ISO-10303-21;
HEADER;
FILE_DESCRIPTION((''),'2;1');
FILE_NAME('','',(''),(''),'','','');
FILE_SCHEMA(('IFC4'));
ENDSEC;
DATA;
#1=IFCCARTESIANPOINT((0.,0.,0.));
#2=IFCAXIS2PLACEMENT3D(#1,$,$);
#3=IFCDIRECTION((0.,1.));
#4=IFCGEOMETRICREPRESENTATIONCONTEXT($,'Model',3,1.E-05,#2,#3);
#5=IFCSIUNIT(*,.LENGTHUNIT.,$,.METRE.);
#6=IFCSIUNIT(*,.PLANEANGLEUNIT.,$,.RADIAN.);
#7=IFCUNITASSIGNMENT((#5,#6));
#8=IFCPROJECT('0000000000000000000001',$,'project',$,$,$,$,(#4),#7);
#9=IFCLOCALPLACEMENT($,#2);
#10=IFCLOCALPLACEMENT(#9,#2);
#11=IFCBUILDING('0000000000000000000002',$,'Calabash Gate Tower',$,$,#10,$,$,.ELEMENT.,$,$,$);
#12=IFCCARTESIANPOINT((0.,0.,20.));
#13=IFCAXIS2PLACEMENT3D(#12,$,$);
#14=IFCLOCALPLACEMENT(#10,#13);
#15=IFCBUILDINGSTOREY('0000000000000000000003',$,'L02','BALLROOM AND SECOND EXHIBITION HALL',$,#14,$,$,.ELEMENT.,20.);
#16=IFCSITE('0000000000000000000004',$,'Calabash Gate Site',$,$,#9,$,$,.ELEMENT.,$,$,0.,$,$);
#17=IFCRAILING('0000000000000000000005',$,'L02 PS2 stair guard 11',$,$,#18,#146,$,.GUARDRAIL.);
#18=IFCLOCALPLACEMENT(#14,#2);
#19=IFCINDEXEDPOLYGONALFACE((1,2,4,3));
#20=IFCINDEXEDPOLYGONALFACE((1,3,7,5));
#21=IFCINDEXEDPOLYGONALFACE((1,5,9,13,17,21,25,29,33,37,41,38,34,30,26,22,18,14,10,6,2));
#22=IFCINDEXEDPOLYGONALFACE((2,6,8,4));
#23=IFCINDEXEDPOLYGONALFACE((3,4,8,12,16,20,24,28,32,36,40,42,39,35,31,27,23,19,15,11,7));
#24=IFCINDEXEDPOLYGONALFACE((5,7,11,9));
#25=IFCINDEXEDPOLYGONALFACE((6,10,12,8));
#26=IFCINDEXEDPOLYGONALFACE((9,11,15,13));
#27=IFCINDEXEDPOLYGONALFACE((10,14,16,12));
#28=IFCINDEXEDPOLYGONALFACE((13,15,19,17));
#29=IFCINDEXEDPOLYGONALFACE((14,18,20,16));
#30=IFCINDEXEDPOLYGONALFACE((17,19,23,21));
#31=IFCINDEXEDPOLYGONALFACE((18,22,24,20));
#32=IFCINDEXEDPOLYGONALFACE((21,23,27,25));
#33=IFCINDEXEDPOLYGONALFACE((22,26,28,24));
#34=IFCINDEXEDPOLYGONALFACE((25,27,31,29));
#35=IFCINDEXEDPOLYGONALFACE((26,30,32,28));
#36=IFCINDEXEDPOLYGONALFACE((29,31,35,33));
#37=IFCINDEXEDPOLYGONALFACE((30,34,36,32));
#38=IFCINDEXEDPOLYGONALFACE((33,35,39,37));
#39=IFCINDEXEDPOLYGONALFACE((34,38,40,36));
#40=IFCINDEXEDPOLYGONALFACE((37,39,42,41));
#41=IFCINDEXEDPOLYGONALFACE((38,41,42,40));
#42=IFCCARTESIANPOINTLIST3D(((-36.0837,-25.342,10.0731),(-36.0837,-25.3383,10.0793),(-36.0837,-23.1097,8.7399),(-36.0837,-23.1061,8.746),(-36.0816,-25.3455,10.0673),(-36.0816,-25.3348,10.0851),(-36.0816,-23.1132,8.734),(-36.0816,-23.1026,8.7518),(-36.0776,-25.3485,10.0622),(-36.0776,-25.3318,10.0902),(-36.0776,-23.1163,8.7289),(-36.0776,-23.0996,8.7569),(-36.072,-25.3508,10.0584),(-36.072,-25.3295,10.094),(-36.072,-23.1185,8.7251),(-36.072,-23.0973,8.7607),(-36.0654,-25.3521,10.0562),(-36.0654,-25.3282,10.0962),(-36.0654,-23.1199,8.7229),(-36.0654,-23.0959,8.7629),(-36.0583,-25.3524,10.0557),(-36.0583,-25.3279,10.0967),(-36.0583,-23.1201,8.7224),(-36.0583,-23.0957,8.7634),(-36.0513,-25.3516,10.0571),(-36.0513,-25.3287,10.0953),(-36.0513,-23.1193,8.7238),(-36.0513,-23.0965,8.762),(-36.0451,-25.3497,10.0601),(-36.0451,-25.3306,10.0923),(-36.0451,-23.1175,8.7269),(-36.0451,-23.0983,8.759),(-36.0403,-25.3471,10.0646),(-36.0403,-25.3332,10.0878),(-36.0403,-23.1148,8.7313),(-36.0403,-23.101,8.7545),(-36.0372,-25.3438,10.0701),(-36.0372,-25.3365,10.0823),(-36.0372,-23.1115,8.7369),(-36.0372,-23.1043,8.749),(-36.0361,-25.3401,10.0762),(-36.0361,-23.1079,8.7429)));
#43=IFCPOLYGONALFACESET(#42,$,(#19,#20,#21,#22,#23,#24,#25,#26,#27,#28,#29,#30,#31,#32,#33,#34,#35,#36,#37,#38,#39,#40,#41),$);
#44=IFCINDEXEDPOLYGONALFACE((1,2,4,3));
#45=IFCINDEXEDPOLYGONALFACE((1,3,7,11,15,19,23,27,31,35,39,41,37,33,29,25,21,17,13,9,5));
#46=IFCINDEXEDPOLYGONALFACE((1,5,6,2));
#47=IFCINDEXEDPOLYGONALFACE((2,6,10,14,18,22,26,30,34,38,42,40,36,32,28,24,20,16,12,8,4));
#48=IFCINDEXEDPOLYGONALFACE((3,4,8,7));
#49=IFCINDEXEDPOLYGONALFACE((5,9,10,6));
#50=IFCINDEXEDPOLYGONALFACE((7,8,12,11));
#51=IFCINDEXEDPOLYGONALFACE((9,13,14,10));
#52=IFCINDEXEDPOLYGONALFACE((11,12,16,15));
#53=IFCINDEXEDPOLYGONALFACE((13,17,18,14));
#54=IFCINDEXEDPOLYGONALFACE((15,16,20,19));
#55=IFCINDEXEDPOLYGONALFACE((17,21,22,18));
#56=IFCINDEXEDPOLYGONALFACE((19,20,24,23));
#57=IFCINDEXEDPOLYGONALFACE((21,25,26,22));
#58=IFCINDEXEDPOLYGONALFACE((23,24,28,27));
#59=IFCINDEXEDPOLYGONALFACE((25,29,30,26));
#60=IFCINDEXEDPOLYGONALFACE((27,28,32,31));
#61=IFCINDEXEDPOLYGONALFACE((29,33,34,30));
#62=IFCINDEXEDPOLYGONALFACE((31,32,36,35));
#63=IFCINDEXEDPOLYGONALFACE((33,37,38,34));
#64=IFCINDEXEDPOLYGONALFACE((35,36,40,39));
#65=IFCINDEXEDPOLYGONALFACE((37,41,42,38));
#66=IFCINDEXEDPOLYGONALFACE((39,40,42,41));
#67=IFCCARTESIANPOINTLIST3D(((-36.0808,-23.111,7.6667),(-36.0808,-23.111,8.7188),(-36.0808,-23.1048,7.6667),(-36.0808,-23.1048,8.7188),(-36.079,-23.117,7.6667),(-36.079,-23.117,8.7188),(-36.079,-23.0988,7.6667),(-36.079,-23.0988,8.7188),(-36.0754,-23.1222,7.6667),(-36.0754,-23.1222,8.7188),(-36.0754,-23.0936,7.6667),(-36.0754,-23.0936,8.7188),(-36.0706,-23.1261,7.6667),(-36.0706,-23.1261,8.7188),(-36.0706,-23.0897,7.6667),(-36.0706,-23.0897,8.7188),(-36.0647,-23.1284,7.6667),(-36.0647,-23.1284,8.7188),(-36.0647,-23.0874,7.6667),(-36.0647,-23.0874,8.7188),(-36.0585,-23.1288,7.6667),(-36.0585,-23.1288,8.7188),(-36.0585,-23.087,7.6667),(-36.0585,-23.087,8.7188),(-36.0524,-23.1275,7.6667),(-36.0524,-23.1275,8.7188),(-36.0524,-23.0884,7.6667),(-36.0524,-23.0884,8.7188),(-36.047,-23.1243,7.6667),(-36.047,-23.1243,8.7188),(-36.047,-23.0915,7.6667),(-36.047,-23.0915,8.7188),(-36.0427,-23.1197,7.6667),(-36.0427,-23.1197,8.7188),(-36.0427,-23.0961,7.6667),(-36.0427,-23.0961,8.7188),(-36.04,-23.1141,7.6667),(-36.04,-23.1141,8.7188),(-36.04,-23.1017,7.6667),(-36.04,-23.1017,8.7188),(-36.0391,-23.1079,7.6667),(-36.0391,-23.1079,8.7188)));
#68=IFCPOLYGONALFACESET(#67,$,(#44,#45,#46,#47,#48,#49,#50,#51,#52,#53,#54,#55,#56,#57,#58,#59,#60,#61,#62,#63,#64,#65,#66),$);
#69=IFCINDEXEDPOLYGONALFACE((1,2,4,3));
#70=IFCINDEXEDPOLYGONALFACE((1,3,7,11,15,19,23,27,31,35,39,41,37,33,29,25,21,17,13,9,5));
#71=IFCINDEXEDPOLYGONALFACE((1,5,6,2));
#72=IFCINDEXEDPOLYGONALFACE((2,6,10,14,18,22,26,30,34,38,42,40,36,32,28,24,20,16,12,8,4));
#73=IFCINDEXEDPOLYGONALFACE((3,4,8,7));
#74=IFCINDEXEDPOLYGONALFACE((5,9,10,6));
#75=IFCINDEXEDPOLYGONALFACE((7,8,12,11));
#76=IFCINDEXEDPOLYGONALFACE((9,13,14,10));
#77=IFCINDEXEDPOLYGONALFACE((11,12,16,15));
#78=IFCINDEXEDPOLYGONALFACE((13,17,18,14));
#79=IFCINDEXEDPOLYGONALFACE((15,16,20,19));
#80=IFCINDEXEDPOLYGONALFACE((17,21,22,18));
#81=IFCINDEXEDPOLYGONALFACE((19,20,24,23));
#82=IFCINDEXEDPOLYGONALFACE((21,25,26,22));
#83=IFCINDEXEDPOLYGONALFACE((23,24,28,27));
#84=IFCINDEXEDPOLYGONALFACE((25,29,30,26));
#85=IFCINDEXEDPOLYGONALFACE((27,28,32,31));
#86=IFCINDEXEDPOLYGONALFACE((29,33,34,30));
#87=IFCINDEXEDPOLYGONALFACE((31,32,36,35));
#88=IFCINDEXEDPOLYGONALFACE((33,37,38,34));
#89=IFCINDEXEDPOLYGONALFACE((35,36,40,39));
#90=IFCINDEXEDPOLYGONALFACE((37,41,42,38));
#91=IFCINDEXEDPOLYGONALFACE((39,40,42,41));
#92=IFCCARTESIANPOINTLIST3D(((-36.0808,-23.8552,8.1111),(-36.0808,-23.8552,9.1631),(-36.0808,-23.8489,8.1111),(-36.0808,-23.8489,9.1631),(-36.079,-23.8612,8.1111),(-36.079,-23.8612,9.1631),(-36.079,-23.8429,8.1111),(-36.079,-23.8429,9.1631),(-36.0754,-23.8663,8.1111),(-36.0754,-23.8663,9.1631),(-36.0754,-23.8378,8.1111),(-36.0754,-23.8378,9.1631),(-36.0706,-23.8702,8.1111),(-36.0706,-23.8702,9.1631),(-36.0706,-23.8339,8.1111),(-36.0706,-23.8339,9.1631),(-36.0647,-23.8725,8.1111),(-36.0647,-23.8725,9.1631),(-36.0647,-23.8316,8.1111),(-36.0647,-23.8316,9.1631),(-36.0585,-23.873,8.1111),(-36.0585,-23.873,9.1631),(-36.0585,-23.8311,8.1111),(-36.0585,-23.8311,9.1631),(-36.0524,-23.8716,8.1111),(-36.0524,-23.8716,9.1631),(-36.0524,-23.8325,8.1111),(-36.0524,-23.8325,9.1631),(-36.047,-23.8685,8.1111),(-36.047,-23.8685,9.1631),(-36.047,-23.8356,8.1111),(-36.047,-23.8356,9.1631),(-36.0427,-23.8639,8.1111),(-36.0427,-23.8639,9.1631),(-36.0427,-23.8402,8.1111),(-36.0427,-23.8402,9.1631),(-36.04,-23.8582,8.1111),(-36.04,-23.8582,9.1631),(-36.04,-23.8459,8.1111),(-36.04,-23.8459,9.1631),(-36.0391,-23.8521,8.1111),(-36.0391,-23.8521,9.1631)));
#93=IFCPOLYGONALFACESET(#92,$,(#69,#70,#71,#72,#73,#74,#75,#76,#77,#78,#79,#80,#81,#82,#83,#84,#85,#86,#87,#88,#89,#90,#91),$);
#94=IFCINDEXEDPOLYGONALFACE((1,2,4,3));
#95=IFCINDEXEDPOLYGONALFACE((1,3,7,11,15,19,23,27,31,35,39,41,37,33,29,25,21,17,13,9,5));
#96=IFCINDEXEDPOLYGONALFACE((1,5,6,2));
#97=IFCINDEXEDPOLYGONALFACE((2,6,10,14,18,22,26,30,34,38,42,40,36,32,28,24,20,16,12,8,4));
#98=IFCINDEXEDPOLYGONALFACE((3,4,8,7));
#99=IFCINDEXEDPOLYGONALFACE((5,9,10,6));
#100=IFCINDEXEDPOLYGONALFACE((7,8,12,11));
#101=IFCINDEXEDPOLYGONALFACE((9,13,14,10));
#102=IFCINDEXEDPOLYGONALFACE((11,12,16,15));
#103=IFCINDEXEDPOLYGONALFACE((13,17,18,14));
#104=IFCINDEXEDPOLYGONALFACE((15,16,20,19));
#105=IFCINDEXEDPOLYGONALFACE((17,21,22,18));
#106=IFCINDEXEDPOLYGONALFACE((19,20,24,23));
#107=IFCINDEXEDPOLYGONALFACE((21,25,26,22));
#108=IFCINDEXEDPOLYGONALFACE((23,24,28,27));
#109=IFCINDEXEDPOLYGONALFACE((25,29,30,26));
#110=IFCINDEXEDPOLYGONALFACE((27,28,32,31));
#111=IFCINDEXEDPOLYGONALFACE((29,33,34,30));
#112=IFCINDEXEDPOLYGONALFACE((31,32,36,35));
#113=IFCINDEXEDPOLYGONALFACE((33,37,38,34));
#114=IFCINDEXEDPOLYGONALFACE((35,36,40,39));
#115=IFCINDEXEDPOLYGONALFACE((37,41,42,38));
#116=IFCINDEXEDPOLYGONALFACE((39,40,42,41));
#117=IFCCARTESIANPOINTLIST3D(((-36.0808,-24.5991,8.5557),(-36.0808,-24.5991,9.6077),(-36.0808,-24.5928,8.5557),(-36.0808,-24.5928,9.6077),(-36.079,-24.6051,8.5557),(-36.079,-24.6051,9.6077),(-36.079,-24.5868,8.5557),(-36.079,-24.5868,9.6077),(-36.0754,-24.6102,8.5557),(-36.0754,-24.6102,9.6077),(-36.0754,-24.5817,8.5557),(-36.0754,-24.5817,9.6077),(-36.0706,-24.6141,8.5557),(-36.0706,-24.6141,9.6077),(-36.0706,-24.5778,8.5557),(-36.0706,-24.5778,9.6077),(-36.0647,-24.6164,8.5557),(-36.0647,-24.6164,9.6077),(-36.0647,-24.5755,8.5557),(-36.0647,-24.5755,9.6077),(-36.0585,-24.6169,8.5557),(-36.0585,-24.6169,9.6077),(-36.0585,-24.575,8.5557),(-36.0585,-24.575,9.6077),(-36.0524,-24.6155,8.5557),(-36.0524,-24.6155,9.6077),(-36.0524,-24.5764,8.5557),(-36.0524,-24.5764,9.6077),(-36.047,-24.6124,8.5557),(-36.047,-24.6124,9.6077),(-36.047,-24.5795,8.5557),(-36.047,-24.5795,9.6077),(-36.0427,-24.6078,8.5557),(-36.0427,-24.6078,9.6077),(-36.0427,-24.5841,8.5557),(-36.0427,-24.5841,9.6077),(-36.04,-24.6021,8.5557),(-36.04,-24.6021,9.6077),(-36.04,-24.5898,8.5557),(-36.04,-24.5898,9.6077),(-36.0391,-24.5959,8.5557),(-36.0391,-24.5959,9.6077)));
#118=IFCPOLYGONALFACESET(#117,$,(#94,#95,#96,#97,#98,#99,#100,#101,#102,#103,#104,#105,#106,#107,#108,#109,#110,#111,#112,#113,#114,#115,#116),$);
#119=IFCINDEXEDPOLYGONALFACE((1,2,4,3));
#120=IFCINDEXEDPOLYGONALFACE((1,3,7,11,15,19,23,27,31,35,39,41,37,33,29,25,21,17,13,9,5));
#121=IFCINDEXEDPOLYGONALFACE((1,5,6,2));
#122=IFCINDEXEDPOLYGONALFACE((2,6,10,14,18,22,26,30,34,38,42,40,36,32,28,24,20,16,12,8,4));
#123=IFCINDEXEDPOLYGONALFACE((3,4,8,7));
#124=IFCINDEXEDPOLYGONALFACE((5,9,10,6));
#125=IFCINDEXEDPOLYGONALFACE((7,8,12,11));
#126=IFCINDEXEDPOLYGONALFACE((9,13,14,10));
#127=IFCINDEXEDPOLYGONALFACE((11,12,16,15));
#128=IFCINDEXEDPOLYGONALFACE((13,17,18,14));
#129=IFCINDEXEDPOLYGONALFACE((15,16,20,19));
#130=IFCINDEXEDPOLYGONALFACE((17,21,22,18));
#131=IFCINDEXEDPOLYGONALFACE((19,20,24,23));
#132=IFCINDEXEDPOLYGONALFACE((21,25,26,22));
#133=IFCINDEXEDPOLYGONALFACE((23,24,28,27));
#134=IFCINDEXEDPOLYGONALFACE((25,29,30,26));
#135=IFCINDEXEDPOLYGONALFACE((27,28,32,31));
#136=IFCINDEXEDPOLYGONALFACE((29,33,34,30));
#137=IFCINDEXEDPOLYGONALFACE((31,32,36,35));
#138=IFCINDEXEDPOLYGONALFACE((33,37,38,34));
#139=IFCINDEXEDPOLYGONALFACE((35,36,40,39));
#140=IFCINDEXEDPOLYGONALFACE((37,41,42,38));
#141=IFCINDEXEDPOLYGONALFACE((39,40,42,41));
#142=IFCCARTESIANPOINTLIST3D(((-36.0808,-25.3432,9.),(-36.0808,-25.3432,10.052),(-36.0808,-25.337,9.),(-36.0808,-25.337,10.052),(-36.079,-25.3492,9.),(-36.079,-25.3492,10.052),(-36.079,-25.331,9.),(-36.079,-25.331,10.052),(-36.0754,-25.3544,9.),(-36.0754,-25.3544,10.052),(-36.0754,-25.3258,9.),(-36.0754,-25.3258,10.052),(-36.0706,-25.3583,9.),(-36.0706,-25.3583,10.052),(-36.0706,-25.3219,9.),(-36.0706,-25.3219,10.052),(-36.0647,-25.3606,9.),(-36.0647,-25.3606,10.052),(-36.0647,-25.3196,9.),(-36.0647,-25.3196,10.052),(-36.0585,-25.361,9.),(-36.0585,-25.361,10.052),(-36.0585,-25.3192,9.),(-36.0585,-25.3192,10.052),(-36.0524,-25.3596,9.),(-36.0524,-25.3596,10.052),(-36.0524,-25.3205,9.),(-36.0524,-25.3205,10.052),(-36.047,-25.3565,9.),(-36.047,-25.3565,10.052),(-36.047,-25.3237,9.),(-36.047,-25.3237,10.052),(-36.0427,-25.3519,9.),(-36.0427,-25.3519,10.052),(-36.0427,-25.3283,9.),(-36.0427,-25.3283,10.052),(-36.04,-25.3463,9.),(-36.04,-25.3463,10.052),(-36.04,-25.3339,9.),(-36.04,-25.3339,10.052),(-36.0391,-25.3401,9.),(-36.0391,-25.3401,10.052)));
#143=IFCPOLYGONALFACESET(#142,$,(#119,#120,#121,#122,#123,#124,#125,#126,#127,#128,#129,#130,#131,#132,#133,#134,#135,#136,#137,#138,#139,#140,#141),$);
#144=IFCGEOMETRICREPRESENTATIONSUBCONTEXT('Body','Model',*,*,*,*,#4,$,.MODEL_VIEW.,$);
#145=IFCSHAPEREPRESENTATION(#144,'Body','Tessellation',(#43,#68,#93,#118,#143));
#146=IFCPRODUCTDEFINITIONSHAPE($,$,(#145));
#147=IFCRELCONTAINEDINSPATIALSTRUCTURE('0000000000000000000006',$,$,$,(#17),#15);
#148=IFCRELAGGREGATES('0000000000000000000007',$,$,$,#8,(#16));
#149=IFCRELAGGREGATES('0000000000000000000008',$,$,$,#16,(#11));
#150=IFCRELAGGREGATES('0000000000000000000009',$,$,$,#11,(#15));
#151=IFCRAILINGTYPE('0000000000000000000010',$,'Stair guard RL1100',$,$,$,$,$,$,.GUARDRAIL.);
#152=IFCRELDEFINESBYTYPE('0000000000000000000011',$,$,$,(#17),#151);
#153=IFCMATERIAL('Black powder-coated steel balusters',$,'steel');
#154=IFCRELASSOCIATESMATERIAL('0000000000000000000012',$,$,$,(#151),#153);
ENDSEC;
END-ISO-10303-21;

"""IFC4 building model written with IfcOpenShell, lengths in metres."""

from ifc_helpers import new_model, si_unit, direction, frame, origin, origin_2d, place, context, subcontext, project, spatial, circle, extrude, material, type_object, element, save


model = new_model("IFC4")

# Units and contexts
model_context = context("Model", 3, precision=1e-05, world=origin(), true_north=direction((0.0, 1.0)))
body_context = subcontext(model_context, "Body", "Model", "MODEL_VIEW")
ifc_project = project(units=[si_unit("LENGTHUNIT", "METRE"), si_unit("PLANEANGLEUNIT", "RADIAN")], contexts=[model_context])

# Site, building, storey
site_placement = place(None, origin())
site = spatial("IfcSite", under=ifc_project, at=site_placement, Name="Calabash Gate Site", CompositionType="ELEMENT", RefElevation=0.0)
building_placement = place(site_placement, origin())
building = spatial("IfcBuilding", under=site, at=building_placement, Name="Calabash Gate Tower", CompositionType="ELEMENT")
storey_placement = place(building_placement, frame((0.0, 0.0, 20.0)))
storey = spatial("IfcBuildingStorey", under=building, at=storey_placement, Name="L02", Description="BALLROOM AND SECOND EXHIBITION HALL", CompositionType="ELEMENT", Elevation=20.0)

# Railing
ifc_material_1 = material(Name="Black powder-coated steel balusters", Category="steel")
railing_type_1 = type_object("IfcRailingType", Name="Stair guard RL1100", PredefinedType="GUARDRAIL", material=ifc_material_1)
railing_1_placement = place(storey_placement, frame((-36.0601, -23.1079, 7.6667)))
element("IfcRailing", 1, at=railing_1_placement, inside=storey, type_object=railing_type_1, Name="L02 PS2 stair guard 11", PredefinedType="GUARDRAIL", context=body_context, shape_type="SweptSolid", body=[
    extrude(circle(Radius=0.0239, at=origin_2d()), frame((0.0, 0.0, 1.0762), z_axis=(0.0, -0.858519, 0.512782), x_axis=(1.0, 0.0, 0.0)), (0.0, 0.0, 1.0), 2.6001),
    extrude(circle(Radius=0.021, at=origin_2d()), origin(), (0.0, 0.0, 1.0), 1.052),
    extrude(circle(Radius=0.021, at=origin_2d()), frame((0.0, -0.7441, 0.4443)), (0.0, 0.0, 1.0), 1.052),
    extrude(circle(Radius=0.021, at=origin_2d()), frame((0.0, -1.488, 0.8889)), (0.0, 0.0, 1.0), 1.052),
    extrude(circle(Radius=0.021, at=origin_2d()), frame((0.0, -2.2322, 1.3333)), (0.0, 0.0, 1.0), 1.052),
])

save(model, "model.ifc")
